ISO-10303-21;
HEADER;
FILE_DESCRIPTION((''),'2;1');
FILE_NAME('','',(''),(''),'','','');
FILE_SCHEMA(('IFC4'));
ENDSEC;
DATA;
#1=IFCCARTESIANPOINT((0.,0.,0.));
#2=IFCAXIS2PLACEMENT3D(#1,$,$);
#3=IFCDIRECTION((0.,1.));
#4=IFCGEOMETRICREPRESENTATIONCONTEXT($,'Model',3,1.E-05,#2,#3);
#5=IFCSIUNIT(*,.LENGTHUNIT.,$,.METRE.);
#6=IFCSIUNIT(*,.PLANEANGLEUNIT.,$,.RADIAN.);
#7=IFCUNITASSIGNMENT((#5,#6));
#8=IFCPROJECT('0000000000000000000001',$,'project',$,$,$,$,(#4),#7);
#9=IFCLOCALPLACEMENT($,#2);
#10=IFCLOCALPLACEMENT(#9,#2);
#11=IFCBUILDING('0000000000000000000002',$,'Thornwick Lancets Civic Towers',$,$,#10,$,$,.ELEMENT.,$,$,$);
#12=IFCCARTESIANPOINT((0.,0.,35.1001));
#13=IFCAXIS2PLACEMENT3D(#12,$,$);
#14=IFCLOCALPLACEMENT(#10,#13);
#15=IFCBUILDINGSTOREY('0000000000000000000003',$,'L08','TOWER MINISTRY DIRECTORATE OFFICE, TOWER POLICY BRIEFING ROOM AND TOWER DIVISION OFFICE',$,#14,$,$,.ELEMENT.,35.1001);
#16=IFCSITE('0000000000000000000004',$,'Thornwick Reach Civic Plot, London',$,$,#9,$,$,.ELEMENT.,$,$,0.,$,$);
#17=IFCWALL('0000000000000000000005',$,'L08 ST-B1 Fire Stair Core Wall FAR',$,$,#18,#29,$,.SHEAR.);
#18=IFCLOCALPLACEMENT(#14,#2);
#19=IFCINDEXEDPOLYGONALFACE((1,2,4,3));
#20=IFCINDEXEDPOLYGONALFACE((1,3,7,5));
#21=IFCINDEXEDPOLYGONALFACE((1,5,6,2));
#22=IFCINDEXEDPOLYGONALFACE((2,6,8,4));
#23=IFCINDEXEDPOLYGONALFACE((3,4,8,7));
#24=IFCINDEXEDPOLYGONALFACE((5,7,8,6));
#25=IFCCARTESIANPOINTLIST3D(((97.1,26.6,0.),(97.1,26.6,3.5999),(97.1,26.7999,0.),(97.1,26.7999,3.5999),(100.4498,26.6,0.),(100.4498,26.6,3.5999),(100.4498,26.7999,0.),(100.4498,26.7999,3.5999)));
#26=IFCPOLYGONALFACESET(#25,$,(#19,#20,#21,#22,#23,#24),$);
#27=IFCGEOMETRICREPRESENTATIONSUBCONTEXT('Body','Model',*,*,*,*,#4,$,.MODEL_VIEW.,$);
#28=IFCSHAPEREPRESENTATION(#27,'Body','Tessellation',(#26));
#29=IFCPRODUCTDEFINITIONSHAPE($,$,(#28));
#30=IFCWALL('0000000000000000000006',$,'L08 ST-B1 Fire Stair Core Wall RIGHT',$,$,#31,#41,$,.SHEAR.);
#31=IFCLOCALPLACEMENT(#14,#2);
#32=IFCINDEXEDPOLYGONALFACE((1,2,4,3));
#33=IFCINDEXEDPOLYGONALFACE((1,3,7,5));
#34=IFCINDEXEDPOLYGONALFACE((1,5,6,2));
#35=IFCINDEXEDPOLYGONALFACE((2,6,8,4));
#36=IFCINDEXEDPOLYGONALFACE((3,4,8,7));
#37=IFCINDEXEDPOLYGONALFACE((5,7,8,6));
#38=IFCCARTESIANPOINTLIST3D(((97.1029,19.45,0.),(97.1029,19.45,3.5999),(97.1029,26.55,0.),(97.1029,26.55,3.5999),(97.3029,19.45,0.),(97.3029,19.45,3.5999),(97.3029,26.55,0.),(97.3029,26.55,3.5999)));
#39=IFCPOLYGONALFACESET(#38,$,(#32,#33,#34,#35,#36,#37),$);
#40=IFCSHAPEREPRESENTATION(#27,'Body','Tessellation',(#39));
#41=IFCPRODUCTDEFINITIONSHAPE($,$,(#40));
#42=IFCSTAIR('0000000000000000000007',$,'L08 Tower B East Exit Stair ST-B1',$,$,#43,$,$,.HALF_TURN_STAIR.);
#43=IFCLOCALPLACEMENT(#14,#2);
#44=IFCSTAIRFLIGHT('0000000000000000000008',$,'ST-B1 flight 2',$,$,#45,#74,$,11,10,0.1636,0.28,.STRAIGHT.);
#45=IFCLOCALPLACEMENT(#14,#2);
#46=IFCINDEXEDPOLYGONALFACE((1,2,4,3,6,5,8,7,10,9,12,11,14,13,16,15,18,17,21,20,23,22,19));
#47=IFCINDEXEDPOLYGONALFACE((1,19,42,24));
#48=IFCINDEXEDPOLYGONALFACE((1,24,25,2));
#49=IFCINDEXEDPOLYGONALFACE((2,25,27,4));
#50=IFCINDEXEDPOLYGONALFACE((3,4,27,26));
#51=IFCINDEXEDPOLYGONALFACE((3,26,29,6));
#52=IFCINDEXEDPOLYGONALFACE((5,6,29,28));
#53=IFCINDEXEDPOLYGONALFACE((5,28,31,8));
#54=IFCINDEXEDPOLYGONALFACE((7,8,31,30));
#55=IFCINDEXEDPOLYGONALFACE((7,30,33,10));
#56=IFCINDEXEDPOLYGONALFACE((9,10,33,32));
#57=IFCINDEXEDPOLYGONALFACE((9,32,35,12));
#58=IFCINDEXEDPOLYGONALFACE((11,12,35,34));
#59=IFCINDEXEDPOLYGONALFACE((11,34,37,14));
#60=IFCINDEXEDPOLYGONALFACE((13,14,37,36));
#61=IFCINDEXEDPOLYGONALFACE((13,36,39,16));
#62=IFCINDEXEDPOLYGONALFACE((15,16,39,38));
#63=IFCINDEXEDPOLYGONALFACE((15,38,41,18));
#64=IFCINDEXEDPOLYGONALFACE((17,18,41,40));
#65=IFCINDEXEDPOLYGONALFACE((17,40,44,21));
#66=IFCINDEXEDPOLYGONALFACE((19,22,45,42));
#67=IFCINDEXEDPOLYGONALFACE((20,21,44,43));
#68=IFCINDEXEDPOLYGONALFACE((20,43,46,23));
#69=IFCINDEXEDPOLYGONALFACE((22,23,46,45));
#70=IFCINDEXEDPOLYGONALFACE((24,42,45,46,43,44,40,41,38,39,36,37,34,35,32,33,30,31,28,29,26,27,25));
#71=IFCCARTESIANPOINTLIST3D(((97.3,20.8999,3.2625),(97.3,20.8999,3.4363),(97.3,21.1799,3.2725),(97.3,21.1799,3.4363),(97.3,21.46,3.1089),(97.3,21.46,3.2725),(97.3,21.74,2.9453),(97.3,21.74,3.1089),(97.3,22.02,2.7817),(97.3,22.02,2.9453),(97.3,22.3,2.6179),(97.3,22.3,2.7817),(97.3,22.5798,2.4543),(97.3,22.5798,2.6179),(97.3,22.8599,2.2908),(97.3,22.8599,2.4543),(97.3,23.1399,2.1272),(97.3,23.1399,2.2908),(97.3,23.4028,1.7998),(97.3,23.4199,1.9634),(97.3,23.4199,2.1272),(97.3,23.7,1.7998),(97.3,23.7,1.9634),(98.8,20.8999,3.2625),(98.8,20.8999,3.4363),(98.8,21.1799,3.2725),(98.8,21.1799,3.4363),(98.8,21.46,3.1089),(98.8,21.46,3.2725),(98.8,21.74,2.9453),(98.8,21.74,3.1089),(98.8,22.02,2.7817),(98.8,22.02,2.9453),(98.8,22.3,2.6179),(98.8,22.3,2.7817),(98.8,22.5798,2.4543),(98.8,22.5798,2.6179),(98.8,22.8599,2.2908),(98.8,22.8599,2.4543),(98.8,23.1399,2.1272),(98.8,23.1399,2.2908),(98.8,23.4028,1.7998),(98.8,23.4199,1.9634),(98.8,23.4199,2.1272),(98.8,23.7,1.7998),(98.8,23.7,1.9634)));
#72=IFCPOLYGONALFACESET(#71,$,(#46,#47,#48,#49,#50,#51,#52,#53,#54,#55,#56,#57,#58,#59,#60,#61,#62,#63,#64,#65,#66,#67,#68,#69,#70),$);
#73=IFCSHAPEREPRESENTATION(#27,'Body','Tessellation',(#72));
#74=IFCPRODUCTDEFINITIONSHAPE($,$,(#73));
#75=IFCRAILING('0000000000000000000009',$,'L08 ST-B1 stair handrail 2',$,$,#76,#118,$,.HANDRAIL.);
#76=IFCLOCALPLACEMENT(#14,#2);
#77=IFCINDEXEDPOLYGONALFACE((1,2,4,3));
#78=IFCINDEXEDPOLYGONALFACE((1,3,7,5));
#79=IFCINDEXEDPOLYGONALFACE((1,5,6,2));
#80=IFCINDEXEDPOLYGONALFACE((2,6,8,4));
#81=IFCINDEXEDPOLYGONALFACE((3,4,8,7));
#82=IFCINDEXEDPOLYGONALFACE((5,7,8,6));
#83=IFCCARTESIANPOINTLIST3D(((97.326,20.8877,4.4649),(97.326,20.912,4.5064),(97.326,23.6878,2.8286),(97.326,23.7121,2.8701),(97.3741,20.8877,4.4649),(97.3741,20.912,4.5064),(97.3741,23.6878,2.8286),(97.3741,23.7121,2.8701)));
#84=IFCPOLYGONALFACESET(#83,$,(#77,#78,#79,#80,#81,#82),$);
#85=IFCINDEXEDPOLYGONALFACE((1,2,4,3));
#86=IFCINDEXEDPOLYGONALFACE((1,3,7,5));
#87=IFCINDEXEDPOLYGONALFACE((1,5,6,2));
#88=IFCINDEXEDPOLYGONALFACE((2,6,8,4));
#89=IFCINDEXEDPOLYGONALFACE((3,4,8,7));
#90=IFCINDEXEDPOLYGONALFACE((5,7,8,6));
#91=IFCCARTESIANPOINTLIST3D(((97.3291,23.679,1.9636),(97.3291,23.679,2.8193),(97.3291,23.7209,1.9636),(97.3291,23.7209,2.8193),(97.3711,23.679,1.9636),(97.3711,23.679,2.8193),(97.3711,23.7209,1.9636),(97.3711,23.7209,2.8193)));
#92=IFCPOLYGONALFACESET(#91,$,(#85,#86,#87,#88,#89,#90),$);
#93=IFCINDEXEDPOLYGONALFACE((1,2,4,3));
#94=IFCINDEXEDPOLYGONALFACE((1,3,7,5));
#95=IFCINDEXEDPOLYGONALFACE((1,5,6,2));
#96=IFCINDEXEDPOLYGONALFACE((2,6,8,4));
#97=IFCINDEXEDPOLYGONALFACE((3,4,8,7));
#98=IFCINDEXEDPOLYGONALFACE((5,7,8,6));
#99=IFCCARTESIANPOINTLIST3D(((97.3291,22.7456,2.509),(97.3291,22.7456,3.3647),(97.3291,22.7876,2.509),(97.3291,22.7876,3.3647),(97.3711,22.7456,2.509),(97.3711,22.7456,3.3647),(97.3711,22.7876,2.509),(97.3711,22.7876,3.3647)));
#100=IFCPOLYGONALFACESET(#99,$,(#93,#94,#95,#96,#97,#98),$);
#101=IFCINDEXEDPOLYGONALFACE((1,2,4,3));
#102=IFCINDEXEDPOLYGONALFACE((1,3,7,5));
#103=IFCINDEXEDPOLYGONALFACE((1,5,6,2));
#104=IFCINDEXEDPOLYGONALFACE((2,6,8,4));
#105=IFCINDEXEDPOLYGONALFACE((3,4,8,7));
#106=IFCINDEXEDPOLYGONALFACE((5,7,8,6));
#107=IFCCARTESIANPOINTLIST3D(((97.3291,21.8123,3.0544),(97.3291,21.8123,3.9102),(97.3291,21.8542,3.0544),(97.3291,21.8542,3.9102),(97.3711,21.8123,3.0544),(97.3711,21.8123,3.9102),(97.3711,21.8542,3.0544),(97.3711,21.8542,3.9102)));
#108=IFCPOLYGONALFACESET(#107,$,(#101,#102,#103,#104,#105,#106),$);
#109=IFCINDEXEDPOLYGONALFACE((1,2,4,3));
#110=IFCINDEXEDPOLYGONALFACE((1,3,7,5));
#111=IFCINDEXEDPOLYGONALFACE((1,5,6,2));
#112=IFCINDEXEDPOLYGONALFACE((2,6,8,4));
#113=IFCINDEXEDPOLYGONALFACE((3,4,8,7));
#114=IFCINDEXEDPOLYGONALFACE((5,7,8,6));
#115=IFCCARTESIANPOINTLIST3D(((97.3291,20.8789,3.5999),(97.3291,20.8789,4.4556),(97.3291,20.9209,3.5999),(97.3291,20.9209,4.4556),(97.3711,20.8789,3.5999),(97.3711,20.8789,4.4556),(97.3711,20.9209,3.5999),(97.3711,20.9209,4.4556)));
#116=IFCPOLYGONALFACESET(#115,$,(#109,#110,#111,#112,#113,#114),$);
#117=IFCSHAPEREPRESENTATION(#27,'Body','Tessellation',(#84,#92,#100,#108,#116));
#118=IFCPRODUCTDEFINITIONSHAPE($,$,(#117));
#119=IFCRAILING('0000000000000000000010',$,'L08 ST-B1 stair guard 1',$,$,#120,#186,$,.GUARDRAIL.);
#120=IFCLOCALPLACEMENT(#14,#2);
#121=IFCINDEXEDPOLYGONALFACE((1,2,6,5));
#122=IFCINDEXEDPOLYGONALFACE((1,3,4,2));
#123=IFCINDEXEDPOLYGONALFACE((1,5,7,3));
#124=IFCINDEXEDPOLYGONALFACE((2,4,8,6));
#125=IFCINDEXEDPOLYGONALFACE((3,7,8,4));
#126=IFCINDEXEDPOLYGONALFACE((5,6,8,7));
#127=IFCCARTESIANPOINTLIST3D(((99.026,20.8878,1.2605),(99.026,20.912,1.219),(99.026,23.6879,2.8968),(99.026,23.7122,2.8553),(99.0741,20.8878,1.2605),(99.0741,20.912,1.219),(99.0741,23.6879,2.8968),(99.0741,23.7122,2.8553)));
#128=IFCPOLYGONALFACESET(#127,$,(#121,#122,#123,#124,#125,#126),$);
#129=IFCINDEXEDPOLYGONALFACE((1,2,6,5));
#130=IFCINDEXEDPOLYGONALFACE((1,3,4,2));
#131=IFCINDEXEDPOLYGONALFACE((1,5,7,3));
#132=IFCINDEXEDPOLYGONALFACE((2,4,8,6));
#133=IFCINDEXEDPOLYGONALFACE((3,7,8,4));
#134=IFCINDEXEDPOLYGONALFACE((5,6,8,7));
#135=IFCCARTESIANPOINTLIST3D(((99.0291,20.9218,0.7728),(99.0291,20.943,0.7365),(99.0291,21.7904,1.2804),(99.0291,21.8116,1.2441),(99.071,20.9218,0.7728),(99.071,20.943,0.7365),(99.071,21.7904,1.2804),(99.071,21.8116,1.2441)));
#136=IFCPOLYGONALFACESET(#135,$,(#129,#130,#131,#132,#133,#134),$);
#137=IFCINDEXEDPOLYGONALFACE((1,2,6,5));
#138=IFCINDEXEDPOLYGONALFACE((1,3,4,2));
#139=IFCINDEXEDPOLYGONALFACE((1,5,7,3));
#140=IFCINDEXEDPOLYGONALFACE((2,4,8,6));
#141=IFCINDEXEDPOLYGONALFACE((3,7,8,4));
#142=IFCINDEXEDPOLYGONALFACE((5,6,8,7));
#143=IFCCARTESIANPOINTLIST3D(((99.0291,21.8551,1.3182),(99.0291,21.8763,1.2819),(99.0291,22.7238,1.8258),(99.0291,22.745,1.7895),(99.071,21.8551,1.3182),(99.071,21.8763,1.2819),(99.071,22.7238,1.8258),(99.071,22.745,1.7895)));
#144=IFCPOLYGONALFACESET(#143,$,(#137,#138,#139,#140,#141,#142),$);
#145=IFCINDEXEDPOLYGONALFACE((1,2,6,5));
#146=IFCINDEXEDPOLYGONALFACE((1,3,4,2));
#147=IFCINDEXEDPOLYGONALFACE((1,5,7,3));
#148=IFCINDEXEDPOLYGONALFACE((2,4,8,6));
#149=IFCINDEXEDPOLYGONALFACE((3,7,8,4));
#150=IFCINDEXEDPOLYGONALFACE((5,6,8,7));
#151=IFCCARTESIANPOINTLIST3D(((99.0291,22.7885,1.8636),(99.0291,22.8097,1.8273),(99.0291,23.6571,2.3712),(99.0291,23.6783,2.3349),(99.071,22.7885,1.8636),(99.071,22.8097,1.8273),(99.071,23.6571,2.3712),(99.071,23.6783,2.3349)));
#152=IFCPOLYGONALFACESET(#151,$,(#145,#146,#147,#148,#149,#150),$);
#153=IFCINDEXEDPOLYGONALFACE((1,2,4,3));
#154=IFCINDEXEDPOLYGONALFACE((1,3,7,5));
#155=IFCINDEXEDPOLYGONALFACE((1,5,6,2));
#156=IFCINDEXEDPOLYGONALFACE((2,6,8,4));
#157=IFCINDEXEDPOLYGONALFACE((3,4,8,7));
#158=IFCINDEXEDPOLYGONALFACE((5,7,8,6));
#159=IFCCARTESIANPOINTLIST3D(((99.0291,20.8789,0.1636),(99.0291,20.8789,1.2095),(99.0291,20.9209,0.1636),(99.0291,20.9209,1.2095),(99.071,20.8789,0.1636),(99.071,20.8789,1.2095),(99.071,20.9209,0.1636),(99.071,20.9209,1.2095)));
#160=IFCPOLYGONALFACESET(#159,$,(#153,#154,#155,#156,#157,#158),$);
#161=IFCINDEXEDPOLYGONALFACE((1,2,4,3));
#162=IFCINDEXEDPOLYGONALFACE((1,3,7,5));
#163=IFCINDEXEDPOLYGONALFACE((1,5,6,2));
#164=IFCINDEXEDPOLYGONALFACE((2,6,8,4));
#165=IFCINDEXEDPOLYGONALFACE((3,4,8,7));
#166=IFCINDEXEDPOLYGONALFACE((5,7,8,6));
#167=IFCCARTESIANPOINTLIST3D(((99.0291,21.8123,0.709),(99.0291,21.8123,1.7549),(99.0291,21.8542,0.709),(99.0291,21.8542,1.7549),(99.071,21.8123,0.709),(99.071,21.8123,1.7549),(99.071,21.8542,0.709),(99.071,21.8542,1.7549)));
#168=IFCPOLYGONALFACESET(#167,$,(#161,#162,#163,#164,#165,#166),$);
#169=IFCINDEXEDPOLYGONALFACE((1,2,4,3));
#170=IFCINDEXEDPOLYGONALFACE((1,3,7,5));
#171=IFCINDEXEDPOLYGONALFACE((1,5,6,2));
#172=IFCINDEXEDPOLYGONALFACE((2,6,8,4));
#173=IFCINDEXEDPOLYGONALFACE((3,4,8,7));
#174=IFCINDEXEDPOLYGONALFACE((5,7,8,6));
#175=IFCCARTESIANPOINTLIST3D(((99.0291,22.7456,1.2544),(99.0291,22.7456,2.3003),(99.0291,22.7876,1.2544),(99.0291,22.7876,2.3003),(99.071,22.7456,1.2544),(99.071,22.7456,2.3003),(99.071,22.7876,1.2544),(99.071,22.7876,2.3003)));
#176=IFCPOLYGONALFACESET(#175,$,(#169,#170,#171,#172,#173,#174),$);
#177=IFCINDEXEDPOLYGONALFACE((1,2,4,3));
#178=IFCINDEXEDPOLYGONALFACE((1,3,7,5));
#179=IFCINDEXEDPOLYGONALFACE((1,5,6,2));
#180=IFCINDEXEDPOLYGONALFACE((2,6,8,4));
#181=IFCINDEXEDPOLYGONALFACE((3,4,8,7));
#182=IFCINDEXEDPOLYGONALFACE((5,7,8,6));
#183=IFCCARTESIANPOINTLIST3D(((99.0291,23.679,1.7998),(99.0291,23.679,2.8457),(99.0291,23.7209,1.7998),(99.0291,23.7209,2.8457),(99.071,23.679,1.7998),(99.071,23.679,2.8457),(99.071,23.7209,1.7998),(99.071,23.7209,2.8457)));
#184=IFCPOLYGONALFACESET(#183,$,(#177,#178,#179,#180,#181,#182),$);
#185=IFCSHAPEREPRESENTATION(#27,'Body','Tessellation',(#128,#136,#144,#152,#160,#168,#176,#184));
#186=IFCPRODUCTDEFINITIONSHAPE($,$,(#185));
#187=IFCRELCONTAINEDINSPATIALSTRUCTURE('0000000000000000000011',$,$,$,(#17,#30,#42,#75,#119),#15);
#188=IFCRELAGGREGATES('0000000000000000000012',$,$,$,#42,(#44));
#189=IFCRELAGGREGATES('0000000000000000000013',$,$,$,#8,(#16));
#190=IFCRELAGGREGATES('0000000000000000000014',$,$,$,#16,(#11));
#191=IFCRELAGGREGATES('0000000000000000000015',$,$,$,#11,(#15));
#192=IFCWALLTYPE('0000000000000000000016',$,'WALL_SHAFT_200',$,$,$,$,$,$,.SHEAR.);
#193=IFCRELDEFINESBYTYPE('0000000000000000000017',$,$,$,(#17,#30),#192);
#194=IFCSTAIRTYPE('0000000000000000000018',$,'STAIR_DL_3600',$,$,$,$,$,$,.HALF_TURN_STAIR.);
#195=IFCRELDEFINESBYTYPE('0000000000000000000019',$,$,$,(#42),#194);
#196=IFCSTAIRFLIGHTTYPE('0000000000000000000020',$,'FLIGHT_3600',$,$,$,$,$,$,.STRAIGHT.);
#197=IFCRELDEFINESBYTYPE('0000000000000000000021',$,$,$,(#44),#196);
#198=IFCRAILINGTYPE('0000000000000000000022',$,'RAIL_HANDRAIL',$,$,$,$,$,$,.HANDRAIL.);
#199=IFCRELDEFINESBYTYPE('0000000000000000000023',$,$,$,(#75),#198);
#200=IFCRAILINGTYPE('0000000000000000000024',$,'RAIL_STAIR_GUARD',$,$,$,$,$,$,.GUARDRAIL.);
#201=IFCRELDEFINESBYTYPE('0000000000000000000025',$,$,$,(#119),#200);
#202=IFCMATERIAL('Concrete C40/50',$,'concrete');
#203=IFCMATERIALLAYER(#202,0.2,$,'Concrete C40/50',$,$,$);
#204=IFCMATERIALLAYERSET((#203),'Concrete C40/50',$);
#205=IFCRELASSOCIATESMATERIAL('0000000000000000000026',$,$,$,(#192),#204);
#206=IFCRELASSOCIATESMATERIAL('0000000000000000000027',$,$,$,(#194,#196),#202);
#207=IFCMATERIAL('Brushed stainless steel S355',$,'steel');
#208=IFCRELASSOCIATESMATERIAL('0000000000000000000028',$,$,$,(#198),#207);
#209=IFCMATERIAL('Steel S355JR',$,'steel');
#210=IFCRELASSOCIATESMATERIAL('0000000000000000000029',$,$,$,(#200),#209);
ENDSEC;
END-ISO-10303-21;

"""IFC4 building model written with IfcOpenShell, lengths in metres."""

from ifc_helpers import new_model, si_unit, direction, frame, frame_2d, origin, origin_2d, place, context, subcontext, project, spatial, polyline, rectangle, outline, extrude, material, layer, layer_set, type_object, element, aggregate, save


model = new_model("IFC4")

# Units and contexts
model_context = context("Model", 3, precision=1e-05, world=origin(), true_north=direction((0.0, 1.0)))
body_context = subcontext(model_context, "Body", "Model", "MODEL_VIEW")
ifc_project = project(units=[si_unit("LENGTHUNIT", "METRE"), si_unit("PLANEANGLEUNIT", "RADIAN")], contexts=[model_context])

# Site, building, storey
site_placement = place(None, origin())
site = spatial("IfcSite", under=ifc_project, at=site_placement, Name="Thornwick Reach Civic Plot, London", CompositionType="ELEMENT", RefElevation=0.0)
building_placement = place(site_placement, origin())
building = spatial("IfcBuilding", under=site, at=building_placement, Name="Thornwick Lancets Civic Towers", CompositionType="ELEMENT")
storey_placement = place(building_placement, frame((0.0, 0.0, 35.1001)))
storey = spatial("IfcBuildingStorey", under=building, at=storey_placement, Name="L08", Description="TOWER MINISTRY DIRECTORATE OFFICE, TOWER POLICY BRIEFING ROOM AND TOWER DIVISION OFFICE", CompositionType="ELEMENT", Elevation=35.1001)

# Shared definitions
ifc_material_1 = material(Name="Steel S355JR", Category="steel")

# Walls
ifc_material_2 = material(Name="Concrete C40/50", Category="concrete")
ifc_layer_1 = layer(ifc_material_2, 0.2, Name="Concrete C40/50")
ifc_layer_set_1 = layer_set([ifc_layer_1], Name="Concrete C40/50")
wall_type_1 = type_object("IfcWallType", Name="WALL_SHAFT_200", PredefinedType="SHEAR", material=ifc_layer_set_1)
wall_1_placement = place(storey_placement, frame((97.1001, 26.7, 0.0), z_axis=(0.0, 0.0, 1.0), x_axis=(1.0, 0.0, 0.0)))
element("IfcWall", 1, at=wall_1_placement, inside=storey, type_object=wall_type_1, Name="L08 ST-B1 Fire Stair Core Wall FAR", PredefinedType="SHEAR", context=body_context, shape_type="SweptSolid", body=[
    extrude(rectangle(XDim=3.3499, YDim=0.2, at=frame_2d((1.6748, 0.0))), origin(), (0.0, 0.0, 1.0), 3.5999),
])
wall_2_placement = place(storey_placement, frame((97.2029, 26.55, 0.0), z_axis=(0.0, 0.0, 1.0), x_axis=(0.0, -1.0, 0.0)))
element("IfcWall", 2, at=wall_2_placement, inside=storey, type_object=wall_type_1, Name="L08 ST-B1 Fire Stair Core Wall RIGHT", PredefinedType="SHEAR", context=body_context, shape_type="SweptSolid", body=[
    extrude(rectangle(XDim=7.1001, YDim=0.2, at=frame_2d((3.55, 0.0))), origin(), (0.0, 0.0, 1.0), 3.5999),
])

# Stair, stair flight
stair_type = type_object("IfcStairType", Name="STAIR_DL_3600", PredefinedType="HALF_TURN_STAIR", material=ifc_material_2)
stair_placement = place(storey_placement, origin())
stair = element("IfcStair", 3, at=stair_placement, inside=storey, type_object=stair_type, Name="L08 Tower B East Exit Stair ST-B1", PredefinedType="HALF_TURN_STAIR")
stair_flight_type = type_object("IfcStairFlightType", Name="FLIGHT_3600", PredefinedType="STRAIGHT", material=ifc_material_2)
stair_flight_placement = place(storey_placement, frame((98.05, 23.7, 1.7998), z_axis=(0.0, 0.0, 1.0), x_axis=(0.0, -1.0, 0.0)))
stair_flight = element("IfcStairFlight", 4, at=stair_flight_placement, type_object=stair_flight_type, Name="ST-B1 flight 2", NumberOfRisers=11, NumberOfTreads=10, PredefinedType="STRAIGHT", RiserHeight=0.1636, TreadLength=0.28, context=body_context, shape_type="SweptSolid", body=[
    extrude(outline(polyline([(0.0, 0.0), (0.0, 0.1636), (0.28, 0.1636), (0.28, 0.3274), (0.5601, 0.3274), (0.5601, 0.491), (0.8401, 0.491), (0.8401, 0.6545), (1.1201, 0.6545), (1.1201, 0.8181), (1.3999, 0.8181), (1.3999, 0.9819), (1.6799, 0.9819), (1.6799, 1.1455), (1.96, 1.1455), (1.96, 1.3091), (2.24, 1.3091), (2.24, 1.4727), (2.52, 1.4727), (2.52, 1.6365), (2.8, 1.6365), (2.8, 1.8), (2.8, 1.4626), (0.2971, 0.0), (0.0, 0.0)])), frame((0.0, 0.75, 0.0), z_axis=(0.0, -1.0, 0.0), x_axis=(1.0, 0.0, 0.0)), (0.0, 0.0, 1.0), 1.5),
])
aggregate(stair, [stair_flight])

# Railings
ifc_material_3 = material(Name="Brushed stainless steel S355", Category="steel")
railing_type_1 = type_object("IfcRailingType", Name="RAIL_HANDRAIL", PredefinedType="HANDRAIL", material=ifc_material_3)
railing_1_placement = place(storey_placement, frame((97.3501, 23.7, 1.9636)))
element("IfcRailing", 5, at=railing_1_placement, inside=storey, type_object=railing_type_1, Name="L08 ST-B1 stair handrail 2", PredefinedType="HANDRAIL", context=body_context, shape_type="SweptSolid", body=[
    extrude(rectangle(XDim=0.0481, YDim=0.0481, at=origin_2d()), frame((0.0, 0.0, 0.8857), z_axis=(0.0, -0.863394, 0.504531), x_axis=(1.0, 0.0, 0.0)), (0.0, 0.0, 1.0), 3.2432),
    extrude(rectangle(XDim=0.042, YDim=0.042, at=origin_2d()), origin(), (0.0, 0.0, 1.0), 0.8557),
    extrude(rectangle(XDim=0.042, YDim=0.042, at=origin_2d()), frame((0.0, -0.9333, 0.5454)), (0.0, 0.0, 1.0), 0.8557),
    extrude(rectangle(XDim=0.042, YDim=0.042, at=origin_2d()), frame((0.0, -1.8667, 1.0908)), (0.0, 0.0, 1.0), 0.8557),
    extrude(rectangle(XDim=0.042, YDim=0.042, at=origin_2d()), frame((0.0, -2.8, 1.6362)), (0.0, 0.0, 1.0), 0.8557),
])
railing_type_2 = type_object("IfcRailingType", Name="RAIL_STAIR_GUARD", PredefinedType="GUARDRAIL", material=ifc_material_1)
railing_2_placement = place(storey_placement, frame((99.05, 20.8999, 0.1636)))
element("IfcRailing", 6, at=railing_2_placement, inside=storey, type_object=railing_type_2, Name="L08 ST-B1 stair guard 1", PredefinedType="GUARDRAIL", context=body_context, shape_type="SweptSolid", body=[
    extrude(rectangle(XDim=0.0481, YDim=0.0481, at=origin_2d()), frame((0.0, 0.0, 1.0762), z_axis=(0.0, 0.863394, 0.504531), x_axis=(-1.0, 0.0, 0.0)), (0.0, 0.0, 1.0), 3.2432),
    extrude(rectangle(XDim=0.042, YDim=0.042, at=origin_2d()), frame((0.0, 0.0325, 0.5911), z_axis=(0.0, 0.863394, 0.504531), x_axis=(-1.0, 0.0, 0.0)), (0.0, 0.0, 1.0), 1.0061),
    extrude(rectangle(XDim=0.042, YDim=0.042, at=origin_2d()), frame((0.0, 0.9658, 1.1365), z_axis=(0.0, 0.863394, 0.504531), x_axis=(-1.0, 0.0, 0.0)), (0.0, 0.0, 1.0), 1.0061),
    extrude(rectangle(XDim=0.042, YDim=0.042, at=origin_2d()), frame((0.0, 1.8992, 1.6819), z_axis=(0.0, 0.863394, 0.504531), x_axis=(-1.0, 0.0, 0.0)), (0.0, 0.0, 1.0), 1.0061),
    extrude(rectangle(XDim=0.042, YDim=0.042, at=origin_2d()), origin(), (0.0, 0.0, 1.0), 1.0459),
    extrude(rectangle(XDim=0.042, YDim=0.042, at=origin_2d()), frame((0.0, 0.9333, 0.5454)), (0.0, 0.0, 1.0), 1.0459),
    extrude(rectangle(XDim=0.042, YDim=0.042, at=origin_2d()), frame((0.0, 1.8667, 1.0908)), (0.0, 0.0, 1.0), 1.0459),
    extrude(rectangle(XDim=0.042, YDim=0.042, at=origin_2d()), frame((0.0, 2.8, 1.6362)), (0.0, 0.0, 1.0), 1.0459),
])

save(model, "model.ifc")
